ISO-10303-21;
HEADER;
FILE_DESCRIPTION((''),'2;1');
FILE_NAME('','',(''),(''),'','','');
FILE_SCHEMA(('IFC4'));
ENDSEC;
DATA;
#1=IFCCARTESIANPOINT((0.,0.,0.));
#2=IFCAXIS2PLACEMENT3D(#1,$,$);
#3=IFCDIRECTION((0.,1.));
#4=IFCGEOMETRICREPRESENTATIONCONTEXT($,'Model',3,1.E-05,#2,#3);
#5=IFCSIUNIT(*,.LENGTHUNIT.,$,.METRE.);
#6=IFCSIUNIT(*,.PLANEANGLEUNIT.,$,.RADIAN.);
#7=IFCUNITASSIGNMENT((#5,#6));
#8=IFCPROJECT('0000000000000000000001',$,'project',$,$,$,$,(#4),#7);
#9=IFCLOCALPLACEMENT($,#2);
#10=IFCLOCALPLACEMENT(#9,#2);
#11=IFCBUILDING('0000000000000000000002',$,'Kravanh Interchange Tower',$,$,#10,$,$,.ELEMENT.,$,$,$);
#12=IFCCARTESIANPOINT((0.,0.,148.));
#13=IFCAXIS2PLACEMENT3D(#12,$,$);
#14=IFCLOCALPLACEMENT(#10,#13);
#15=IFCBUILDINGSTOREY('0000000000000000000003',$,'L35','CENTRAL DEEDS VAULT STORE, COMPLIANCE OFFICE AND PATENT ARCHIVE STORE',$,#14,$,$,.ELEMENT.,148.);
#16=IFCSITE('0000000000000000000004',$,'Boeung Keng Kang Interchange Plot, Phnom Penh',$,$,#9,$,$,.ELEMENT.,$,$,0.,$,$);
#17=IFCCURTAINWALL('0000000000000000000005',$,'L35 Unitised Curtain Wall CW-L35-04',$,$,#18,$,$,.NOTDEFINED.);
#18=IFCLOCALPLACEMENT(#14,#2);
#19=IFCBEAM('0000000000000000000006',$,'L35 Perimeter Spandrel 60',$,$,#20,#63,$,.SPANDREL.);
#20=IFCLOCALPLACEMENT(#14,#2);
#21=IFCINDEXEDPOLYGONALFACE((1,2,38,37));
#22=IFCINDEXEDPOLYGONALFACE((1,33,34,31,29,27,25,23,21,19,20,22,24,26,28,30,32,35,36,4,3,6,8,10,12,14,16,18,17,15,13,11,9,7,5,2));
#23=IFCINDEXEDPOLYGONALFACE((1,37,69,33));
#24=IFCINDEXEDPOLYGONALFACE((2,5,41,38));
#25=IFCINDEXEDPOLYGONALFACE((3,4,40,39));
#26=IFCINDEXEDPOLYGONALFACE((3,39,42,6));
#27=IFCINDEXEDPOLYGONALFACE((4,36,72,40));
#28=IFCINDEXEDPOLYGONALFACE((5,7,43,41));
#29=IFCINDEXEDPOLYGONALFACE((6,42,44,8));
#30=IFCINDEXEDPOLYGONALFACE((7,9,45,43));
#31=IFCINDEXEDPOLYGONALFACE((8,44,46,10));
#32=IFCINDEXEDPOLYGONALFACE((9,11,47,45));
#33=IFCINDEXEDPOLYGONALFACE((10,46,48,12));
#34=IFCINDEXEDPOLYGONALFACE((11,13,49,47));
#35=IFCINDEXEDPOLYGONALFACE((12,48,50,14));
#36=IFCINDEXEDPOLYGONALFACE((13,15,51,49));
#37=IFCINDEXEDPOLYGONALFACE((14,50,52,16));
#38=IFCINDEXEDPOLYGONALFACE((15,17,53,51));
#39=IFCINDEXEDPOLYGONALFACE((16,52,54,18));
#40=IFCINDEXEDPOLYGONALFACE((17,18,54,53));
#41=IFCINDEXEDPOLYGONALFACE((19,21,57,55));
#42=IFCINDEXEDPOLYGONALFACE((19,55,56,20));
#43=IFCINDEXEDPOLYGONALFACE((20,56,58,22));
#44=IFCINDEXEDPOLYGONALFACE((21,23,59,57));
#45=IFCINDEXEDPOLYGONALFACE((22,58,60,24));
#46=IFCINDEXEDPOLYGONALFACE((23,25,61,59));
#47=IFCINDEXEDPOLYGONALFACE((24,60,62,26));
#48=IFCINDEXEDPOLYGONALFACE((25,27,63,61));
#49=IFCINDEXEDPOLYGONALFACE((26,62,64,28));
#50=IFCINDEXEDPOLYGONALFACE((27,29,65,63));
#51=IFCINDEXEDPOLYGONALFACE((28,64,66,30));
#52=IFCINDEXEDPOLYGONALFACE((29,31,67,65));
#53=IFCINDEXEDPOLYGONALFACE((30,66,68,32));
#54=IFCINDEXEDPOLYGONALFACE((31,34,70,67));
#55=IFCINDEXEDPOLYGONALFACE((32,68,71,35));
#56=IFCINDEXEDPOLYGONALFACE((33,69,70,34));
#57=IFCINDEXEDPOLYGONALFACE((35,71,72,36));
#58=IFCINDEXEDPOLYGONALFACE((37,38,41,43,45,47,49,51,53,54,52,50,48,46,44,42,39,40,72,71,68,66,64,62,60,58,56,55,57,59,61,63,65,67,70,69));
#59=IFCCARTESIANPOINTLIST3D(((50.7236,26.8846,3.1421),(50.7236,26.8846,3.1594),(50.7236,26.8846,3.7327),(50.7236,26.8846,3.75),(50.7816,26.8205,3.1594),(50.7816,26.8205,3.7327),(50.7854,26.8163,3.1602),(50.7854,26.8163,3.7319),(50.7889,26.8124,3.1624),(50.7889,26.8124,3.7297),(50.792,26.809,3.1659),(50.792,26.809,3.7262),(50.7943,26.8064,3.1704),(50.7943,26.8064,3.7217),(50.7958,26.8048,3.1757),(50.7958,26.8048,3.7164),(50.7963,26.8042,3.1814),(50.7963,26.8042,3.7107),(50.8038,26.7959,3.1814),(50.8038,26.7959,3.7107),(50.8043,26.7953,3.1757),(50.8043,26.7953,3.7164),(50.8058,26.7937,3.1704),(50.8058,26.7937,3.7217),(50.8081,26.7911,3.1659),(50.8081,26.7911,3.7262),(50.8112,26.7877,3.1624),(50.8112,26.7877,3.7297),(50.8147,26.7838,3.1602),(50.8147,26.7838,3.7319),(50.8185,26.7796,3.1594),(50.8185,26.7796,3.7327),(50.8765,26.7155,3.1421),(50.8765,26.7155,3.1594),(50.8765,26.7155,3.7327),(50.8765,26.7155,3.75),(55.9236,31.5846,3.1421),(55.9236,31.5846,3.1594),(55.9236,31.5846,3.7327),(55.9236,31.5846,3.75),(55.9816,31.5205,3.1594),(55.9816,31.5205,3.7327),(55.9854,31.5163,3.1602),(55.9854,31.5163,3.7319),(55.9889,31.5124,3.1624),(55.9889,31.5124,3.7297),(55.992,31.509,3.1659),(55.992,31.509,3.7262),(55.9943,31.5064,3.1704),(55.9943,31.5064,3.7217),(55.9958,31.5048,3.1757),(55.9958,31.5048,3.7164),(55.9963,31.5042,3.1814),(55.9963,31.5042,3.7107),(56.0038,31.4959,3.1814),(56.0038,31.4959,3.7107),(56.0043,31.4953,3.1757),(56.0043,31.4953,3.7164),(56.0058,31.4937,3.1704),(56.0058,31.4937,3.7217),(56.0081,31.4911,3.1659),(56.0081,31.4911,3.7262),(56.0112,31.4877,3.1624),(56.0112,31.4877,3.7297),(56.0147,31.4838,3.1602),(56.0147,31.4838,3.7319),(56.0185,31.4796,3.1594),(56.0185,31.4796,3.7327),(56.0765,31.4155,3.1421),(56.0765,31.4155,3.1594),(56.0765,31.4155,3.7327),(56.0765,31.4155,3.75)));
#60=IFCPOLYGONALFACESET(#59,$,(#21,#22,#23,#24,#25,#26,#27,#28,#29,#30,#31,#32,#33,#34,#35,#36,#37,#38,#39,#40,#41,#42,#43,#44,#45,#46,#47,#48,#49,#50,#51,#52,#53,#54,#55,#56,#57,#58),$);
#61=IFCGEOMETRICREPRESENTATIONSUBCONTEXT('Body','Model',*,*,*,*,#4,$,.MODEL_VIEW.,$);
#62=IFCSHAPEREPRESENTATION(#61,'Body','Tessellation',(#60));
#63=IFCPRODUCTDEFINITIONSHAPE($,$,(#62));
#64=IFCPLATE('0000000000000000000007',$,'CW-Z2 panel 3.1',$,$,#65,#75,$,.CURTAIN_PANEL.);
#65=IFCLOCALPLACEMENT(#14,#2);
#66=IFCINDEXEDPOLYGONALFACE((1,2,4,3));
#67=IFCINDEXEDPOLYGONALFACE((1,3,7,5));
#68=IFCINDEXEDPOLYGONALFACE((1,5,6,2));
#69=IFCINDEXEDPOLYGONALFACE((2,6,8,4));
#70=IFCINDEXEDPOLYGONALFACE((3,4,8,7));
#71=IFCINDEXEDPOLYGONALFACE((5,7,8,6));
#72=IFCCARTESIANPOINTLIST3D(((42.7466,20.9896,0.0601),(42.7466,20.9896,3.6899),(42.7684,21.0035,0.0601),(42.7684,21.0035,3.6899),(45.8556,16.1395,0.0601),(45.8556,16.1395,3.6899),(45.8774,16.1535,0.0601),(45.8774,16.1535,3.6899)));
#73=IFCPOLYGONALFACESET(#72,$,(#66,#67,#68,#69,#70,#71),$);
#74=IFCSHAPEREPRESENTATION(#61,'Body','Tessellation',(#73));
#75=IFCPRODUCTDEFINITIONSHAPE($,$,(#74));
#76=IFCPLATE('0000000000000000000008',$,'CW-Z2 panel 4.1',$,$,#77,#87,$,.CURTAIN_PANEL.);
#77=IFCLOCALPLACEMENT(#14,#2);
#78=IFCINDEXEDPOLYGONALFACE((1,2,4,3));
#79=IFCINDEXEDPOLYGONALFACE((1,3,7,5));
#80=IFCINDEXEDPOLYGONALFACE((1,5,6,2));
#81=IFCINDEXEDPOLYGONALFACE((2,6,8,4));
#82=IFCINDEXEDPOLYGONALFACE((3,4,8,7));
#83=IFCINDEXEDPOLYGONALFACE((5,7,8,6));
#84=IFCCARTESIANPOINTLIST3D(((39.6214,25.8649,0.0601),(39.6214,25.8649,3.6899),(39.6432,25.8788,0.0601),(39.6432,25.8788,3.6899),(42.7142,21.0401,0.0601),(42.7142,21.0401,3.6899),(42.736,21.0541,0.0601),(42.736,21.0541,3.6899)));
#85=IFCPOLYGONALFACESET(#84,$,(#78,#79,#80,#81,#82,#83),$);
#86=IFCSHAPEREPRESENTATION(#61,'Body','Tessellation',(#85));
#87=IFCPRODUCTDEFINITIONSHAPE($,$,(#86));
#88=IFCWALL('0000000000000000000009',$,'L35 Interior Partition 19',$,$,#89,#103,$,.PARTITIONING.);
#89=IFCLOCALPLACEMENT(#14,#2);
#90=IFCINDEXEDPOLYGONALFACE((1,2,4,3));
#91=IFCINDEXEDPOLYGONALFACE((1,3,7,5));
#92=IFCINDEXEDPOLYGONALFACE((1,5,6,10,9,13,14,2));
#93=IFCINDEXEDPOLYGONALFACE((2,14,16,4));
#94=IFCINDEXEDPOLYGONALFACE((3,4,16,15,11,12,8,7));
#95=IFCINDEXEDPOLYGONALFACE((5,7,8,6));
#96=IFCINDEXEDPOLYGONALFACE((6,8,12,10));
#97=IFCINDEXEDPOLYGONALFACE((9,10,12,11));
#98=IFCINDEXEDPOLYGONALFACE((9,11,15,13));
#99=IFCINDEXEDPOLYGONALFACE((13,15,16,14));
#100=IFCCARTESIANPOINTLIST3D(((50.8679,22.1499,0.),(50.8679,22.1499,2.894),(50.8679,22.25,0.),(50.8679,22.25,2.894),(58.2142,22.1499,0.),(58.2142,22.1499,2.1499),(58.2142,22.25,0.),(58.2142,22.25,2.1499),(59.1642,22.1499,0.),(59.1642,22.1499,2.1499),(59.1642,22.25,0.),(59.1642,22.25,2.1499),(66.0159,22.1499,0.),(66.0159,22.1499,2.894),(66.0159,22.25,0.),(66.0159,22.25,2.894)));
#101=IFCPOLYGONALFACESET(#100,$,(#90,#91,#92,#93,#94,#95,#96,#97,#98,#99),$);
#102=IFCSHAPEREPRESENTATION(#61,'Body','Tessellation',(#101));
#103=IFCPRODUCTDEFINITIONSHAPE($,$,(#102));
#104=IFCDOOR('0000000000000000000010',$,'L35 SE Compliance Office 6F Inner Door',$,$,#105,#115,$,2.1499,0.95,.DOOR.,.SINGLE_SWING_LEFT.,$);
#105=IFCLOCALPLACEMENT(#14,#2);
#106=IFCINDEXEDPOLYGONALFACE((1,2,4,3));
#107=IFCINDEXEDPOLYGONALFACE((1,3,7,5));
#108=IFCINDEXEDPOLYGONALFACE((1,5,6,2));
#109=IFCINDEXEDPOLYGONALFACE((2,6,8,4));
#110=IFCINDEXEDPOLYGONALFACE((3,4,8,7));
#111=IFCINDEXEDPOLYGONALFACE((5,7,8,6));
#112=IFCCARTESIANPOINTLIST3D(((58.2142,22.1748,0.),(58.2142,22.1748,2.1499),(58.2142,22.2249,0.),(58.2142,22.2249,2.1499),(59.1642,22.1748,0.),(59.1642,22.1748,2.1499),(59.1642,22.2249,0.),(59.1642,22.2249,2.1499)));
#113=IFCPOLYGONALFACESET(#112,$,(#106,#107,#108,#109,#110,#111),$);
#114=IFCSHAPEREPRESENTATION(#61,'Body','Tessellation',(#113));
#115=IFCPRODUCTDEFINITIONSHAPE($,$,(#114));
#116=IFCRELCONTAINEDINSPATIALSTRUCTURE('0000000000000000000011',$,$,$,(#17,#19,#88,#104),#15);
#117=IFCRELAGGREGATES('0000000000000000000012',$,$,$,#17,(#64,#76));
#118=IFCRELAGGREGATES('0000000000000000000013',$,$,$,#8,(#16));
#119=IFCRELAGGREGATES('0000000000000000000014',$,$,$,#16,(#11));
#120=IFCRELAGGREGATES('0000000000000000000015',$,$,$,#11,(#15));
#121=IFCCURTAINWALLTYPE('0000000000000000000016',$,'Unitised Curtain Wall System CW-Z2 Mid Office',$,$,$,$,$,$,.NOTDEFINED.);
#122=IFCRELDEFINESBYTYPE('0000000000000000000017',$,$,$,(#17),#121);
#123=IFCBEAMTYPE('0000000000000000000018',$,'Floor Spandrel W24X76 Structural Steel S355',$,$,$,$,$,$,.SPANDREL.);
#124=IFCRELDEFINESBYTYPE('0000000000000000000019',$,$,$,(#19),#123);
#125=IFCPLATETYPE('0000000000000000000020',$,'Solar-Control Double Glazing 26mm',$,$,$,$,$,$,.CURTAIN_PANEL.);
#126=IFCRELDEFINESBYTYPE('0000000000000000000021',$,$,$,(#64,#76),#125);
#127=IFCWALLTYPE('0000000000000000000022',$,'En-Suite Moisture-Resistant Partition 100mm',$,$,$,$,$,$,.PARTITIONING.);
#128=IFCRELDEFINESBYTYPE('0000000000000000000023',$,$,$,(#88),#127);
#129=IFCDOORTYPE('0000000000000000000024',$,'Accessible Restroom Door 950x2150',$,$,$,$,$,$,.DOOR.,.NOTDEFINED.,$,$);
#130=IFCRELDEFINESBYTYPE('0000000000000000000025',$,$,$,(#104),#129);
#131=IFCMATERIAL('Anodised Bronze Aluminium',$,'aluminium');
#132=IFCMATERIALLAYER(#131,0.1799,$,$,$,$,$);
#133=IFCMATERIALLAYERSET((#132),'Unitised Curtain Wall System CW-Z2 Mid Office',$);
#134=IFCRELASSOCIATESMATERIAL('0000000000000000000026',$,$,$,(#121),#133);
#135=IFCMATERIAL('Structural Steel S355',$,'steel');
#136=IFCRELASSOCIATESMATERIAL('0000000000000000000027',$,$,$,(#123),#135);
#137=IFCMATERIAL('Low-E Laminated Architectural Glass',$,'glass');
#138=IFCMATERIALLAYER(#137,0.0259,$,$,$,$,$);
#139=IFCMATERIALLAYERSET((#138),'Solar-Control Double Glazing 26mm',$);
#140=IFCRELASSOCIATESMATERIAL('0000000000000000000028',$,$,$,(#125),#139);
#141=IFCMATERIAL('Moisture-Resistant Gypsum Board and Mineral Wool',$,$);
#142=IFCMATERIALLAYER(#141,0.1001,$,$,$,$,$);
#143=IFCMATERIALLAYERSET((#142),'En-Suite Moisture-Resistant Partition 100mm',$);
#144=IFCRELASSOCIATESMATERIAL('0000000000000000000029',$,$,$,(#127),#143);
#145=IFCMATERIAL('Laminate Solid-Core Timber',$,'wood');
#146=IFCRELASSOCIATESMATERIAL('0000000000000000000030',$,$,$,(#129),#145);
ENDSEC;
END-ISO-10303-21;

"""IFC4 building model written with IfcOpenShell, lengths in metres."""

from ifc_helpers import new_model, si_unit, direction, frame, frame_2d, origin, origin_2d, place, context, subcontext, project, spatial, rectangle, i_section, extrude, material, layer, layer_set, material_profile, profile_set, type_object, element, fill, aggregate, save


model = new_model("IFC4")

# Units and contexts
model_context = context("Model", 3, precision=1e-05, world=origin(), true_north=direction((0.0, 1.0)))
body_context = subcontext(model_context, "Body", "Model", "MODEL_VIEW")
ifc_project = project(units=[si_unit("LENGTHUNIT", "METRE"), si_unit("PLANEANGLEUNIT", "RADIAN")], contexts=[model_context])

# Site, building, storey
site_placement = place(None, origin())
site = spatial("IfcSite", under=ifc_project, at=site_placement, Name="Boeung Keng Kang Interchange Plot, Phnom Penh", CompositionType="ELEMENT", RefElevation=0.0)
building_placement = place(site_placement, origin())
building = spatial("IfcBuilding", under=site, at=building_placement, Name="Kravanh Interchange Tower", CompositionType="ELEMENT")
storey_placement = place(building_placement, frame((0.0, 0.0, 148.0)))
storey = spatial("IfcBuildingStorey", under=building, at=storey_placement, Name="L35", Description="CENTRAL DEEDS VAULT STORE, COMPLIANCE OFFICE AND PATENT ARCHIVE STORE", CompositionType="ELEMENT", Elevation=148.0)

# Curtain wall
ifc_material_1 = material(Name="Anodised Bronze Aluminium", Category="aluminium")
ifc_layer_1 = layer(ifc_material_1, 0.1799)
ifc_layer_set_1 = layer_set([ifc_layer_1], Name="Unitised Curtain Wall System CW-Z2 Mid Office")
curtain_wall_type = type_object("IfcCurtainWallType", Name="Unitised Curtain Wall System CW-Z2 Mid Office", PredefinedType="NOTDEFINED", material=ifc_layer_set_1)
curtain_wall_1_placement = place(storey_placement, origin())
curtain_wall_1 = element("IfcCurtainWall", 1, at=curtain_wall_1_placement, inside=storey, type_object=curtain_wall_type, Name="L35 Unitised Curtain Wall CW-L35-04", PredefinedType="NOTDEFINED")

# Beam
ifc_material_2 = material(Name="Structural Steel S355", Category="steel")
ifc_material_profile_1 = material_profile(ifc_material_2, i_section(OverallWidth=0.228, OverallDepth=0.6079, WebThickness=0.0112, FlangeThickness=0.0173, FilletRadius=0.022, at=origin_2d()), Name="W24X76")
ifc_profile_set_1 = profile_set([ifc_material_profile_1], Name="Structural Steel S355")
beam_type_1 = type_object("IfcBeamType", Name="Floor Spandrel W24X76 Structural Steel S355", PredefinedType="SPANDREL", material=ifc_profile_set_1)
beam_1_placement = place(storey_placement, frame((50.8, 26.8, 3.446), z_axis=(0.741874, 0.670539, 0.0), x_axis=(-0.670539, 0.741874, 0.0)))
element("IfcBeam", 2, at=beam_1_placement, inside=storey, type_object=beam_type_1, Name="L35 Perimeter Spandrel 60", PredefinedType="SPANDREL", context=body_context, shape_type="SweptSolid", body=[
    extrude(i_section(OverallWidth=0.228, OverallDepth=0.6079, WebThickness=0.0112, FlangeThickness=0.0173, FilletRadius=0.022, at=origin_2d()), origin(), (0.0, 0.0, 1.0), 7.0093),
])

# Plates
ifc_material_3 = material(Name="Low-E Laminated Architectural Glass", Category="glass")
ifc_layer_2 = layer(ifc_material_3, 0.0259)
ifc_layer_set_2 = layer_set([ifc_layer_2], Name="Solar-Control Double Glazing 26mm")
plate_type = type_object("IfcPlateType", Name="Solar-Control Double Glazing 26mm", PredefinedType="CURTAIN_PANEL", material=ifc_layer_set_2)
plate_1_placement = place(storey_placement, frame((44.312, 18.5715, 0.0601), z_axis=(0.0, 0.0, 1.0), x_axis=(-0.539665, 0.84188, 0.0)))
plate_1 = element("IfcPlate", 3, at=plate_1_placement, type_object=plate_type, Name="CW-Z2 panel 3.1", PredefinedType="CURTAIN_PANEL", context=body_context, shape_type="SweptSolid", body=[
    extrude(rectangle(XDim=5.761, YDim=0.0259, at=origin_2d()), origin(), (0.0, 0.0, 1.0), 3.6299),
])
plate_2_placement = place(storey_placement, frame((41.1787, 23.4595, 0.0601), z_axis=(0.0, 0.0, 1.0), x_axis=(-0.539665, 0.84188, 0.0)))
plate_2 = element("IfcPlate", 4, at=plate_2_placement, type_object=plate_type, Name="CW-Z2 panel 4.1", PredefinedType="CURTAIN_PANEL", context=body_context, shape_type="SweptSolid", body=[
    extrude(rectangle(XDim=5.731, YDim=0.0259, at=origin_2d()), origin(), (0.0, 0.0, 1.0), 3.6299),
])
aggregate(curtain_wall_1, [plate_1, plate_2])

# Wall, opening, door
ifc_material_4 = material(Name="Moisture-Resistant Gypsum Board and Mineral Wool")
ifc_layer_3 = layer(ifc_material_4, 0.1001)
ifc_layer_set_3 = layer_set([ifc_layer_3], Name="En-Suite Moisture-Resistant Partition 100mm")
wall_type = type_object("IfcWallType", Name="En-Suite Moisture-Resistant Partition 100mm", PredefinedType="PARTITIONING", material=ifc_layer_set_3)
wall_placement = place(storey_placement, frame((50.8679, 22.2, 0.0), z_axis=(0.0, 0.0, 1.0), x_axis=(1.0, 0.0, 0.0)))
wall = element("IfcWall", 5, at=wall_placement, inside=storey, type_object=wall_type, Name="L35 Interior Partition 19", PredefinedType="PARTITIONING", context=body_context, shape_type="SweptSolid", body=[
    extrude(rectangle(XDim=15.1479, YDim=0.1001, at=frame_2d((7.574, 0.0))), origin(), (0.0, 0.0, 1.0), 2.894),
])
opening_placement = place(wall_placement, frame((7.3462, 0.0, 0.0)))
opening = element("IfcOpeningElement", 6, at=opening_placement, cuts=wall, PredefinedType="OPENING", context=body_context, shape_type="SweptSolid", body=[
    extrude(rectangle(XDim=0.95, YDim=2.1499, at=frame_2d((0.4751, 1.075))), frame((0.0, 0.0601, 0.0), z_axis=(0.0, -1.0, 0.0), x_axis=(1.0, 0.0, 0.0)), (0.0, 0.0, 1.0), 0.1201),
])
ifc_material_5 = material(Name="Laminate Solid-Core Timber", Category="wood")
door_type = type_object("IfcDoorType", Name="Accessible Restroom Door 950x2150", OperationType="NOTDEFINED", PredefinedType="DOOR", material=ifc_material_5)
door_placement = place(opening_placement, origin())
door = element("IfcDoor", 7, at=door_placement, inside=storey, type_object=door_type, Name="L35 SE Compliance Office 6F Inner Door", OperationType="SINGLE_SWING_LEFT", OverallHeight=2.1499, OverallWidth=0.95, PredefinedType="DOOR", context=body_context, shape_type="SweptSolid", body=[
    extrude(rectangle(XDim=0.95, YDim=2.1499, at=frame_2d((0.4751, 1.075))), frame((0.0, 0.0249, 0.0), z_axis=(0.0, -1.0, 0.0), x_axis=(1.0, 0.0, 0.0)), (0.0, 0.0, 1.0), 0.05),
])
fill(opening, door)

save(model, "model.ifc")
